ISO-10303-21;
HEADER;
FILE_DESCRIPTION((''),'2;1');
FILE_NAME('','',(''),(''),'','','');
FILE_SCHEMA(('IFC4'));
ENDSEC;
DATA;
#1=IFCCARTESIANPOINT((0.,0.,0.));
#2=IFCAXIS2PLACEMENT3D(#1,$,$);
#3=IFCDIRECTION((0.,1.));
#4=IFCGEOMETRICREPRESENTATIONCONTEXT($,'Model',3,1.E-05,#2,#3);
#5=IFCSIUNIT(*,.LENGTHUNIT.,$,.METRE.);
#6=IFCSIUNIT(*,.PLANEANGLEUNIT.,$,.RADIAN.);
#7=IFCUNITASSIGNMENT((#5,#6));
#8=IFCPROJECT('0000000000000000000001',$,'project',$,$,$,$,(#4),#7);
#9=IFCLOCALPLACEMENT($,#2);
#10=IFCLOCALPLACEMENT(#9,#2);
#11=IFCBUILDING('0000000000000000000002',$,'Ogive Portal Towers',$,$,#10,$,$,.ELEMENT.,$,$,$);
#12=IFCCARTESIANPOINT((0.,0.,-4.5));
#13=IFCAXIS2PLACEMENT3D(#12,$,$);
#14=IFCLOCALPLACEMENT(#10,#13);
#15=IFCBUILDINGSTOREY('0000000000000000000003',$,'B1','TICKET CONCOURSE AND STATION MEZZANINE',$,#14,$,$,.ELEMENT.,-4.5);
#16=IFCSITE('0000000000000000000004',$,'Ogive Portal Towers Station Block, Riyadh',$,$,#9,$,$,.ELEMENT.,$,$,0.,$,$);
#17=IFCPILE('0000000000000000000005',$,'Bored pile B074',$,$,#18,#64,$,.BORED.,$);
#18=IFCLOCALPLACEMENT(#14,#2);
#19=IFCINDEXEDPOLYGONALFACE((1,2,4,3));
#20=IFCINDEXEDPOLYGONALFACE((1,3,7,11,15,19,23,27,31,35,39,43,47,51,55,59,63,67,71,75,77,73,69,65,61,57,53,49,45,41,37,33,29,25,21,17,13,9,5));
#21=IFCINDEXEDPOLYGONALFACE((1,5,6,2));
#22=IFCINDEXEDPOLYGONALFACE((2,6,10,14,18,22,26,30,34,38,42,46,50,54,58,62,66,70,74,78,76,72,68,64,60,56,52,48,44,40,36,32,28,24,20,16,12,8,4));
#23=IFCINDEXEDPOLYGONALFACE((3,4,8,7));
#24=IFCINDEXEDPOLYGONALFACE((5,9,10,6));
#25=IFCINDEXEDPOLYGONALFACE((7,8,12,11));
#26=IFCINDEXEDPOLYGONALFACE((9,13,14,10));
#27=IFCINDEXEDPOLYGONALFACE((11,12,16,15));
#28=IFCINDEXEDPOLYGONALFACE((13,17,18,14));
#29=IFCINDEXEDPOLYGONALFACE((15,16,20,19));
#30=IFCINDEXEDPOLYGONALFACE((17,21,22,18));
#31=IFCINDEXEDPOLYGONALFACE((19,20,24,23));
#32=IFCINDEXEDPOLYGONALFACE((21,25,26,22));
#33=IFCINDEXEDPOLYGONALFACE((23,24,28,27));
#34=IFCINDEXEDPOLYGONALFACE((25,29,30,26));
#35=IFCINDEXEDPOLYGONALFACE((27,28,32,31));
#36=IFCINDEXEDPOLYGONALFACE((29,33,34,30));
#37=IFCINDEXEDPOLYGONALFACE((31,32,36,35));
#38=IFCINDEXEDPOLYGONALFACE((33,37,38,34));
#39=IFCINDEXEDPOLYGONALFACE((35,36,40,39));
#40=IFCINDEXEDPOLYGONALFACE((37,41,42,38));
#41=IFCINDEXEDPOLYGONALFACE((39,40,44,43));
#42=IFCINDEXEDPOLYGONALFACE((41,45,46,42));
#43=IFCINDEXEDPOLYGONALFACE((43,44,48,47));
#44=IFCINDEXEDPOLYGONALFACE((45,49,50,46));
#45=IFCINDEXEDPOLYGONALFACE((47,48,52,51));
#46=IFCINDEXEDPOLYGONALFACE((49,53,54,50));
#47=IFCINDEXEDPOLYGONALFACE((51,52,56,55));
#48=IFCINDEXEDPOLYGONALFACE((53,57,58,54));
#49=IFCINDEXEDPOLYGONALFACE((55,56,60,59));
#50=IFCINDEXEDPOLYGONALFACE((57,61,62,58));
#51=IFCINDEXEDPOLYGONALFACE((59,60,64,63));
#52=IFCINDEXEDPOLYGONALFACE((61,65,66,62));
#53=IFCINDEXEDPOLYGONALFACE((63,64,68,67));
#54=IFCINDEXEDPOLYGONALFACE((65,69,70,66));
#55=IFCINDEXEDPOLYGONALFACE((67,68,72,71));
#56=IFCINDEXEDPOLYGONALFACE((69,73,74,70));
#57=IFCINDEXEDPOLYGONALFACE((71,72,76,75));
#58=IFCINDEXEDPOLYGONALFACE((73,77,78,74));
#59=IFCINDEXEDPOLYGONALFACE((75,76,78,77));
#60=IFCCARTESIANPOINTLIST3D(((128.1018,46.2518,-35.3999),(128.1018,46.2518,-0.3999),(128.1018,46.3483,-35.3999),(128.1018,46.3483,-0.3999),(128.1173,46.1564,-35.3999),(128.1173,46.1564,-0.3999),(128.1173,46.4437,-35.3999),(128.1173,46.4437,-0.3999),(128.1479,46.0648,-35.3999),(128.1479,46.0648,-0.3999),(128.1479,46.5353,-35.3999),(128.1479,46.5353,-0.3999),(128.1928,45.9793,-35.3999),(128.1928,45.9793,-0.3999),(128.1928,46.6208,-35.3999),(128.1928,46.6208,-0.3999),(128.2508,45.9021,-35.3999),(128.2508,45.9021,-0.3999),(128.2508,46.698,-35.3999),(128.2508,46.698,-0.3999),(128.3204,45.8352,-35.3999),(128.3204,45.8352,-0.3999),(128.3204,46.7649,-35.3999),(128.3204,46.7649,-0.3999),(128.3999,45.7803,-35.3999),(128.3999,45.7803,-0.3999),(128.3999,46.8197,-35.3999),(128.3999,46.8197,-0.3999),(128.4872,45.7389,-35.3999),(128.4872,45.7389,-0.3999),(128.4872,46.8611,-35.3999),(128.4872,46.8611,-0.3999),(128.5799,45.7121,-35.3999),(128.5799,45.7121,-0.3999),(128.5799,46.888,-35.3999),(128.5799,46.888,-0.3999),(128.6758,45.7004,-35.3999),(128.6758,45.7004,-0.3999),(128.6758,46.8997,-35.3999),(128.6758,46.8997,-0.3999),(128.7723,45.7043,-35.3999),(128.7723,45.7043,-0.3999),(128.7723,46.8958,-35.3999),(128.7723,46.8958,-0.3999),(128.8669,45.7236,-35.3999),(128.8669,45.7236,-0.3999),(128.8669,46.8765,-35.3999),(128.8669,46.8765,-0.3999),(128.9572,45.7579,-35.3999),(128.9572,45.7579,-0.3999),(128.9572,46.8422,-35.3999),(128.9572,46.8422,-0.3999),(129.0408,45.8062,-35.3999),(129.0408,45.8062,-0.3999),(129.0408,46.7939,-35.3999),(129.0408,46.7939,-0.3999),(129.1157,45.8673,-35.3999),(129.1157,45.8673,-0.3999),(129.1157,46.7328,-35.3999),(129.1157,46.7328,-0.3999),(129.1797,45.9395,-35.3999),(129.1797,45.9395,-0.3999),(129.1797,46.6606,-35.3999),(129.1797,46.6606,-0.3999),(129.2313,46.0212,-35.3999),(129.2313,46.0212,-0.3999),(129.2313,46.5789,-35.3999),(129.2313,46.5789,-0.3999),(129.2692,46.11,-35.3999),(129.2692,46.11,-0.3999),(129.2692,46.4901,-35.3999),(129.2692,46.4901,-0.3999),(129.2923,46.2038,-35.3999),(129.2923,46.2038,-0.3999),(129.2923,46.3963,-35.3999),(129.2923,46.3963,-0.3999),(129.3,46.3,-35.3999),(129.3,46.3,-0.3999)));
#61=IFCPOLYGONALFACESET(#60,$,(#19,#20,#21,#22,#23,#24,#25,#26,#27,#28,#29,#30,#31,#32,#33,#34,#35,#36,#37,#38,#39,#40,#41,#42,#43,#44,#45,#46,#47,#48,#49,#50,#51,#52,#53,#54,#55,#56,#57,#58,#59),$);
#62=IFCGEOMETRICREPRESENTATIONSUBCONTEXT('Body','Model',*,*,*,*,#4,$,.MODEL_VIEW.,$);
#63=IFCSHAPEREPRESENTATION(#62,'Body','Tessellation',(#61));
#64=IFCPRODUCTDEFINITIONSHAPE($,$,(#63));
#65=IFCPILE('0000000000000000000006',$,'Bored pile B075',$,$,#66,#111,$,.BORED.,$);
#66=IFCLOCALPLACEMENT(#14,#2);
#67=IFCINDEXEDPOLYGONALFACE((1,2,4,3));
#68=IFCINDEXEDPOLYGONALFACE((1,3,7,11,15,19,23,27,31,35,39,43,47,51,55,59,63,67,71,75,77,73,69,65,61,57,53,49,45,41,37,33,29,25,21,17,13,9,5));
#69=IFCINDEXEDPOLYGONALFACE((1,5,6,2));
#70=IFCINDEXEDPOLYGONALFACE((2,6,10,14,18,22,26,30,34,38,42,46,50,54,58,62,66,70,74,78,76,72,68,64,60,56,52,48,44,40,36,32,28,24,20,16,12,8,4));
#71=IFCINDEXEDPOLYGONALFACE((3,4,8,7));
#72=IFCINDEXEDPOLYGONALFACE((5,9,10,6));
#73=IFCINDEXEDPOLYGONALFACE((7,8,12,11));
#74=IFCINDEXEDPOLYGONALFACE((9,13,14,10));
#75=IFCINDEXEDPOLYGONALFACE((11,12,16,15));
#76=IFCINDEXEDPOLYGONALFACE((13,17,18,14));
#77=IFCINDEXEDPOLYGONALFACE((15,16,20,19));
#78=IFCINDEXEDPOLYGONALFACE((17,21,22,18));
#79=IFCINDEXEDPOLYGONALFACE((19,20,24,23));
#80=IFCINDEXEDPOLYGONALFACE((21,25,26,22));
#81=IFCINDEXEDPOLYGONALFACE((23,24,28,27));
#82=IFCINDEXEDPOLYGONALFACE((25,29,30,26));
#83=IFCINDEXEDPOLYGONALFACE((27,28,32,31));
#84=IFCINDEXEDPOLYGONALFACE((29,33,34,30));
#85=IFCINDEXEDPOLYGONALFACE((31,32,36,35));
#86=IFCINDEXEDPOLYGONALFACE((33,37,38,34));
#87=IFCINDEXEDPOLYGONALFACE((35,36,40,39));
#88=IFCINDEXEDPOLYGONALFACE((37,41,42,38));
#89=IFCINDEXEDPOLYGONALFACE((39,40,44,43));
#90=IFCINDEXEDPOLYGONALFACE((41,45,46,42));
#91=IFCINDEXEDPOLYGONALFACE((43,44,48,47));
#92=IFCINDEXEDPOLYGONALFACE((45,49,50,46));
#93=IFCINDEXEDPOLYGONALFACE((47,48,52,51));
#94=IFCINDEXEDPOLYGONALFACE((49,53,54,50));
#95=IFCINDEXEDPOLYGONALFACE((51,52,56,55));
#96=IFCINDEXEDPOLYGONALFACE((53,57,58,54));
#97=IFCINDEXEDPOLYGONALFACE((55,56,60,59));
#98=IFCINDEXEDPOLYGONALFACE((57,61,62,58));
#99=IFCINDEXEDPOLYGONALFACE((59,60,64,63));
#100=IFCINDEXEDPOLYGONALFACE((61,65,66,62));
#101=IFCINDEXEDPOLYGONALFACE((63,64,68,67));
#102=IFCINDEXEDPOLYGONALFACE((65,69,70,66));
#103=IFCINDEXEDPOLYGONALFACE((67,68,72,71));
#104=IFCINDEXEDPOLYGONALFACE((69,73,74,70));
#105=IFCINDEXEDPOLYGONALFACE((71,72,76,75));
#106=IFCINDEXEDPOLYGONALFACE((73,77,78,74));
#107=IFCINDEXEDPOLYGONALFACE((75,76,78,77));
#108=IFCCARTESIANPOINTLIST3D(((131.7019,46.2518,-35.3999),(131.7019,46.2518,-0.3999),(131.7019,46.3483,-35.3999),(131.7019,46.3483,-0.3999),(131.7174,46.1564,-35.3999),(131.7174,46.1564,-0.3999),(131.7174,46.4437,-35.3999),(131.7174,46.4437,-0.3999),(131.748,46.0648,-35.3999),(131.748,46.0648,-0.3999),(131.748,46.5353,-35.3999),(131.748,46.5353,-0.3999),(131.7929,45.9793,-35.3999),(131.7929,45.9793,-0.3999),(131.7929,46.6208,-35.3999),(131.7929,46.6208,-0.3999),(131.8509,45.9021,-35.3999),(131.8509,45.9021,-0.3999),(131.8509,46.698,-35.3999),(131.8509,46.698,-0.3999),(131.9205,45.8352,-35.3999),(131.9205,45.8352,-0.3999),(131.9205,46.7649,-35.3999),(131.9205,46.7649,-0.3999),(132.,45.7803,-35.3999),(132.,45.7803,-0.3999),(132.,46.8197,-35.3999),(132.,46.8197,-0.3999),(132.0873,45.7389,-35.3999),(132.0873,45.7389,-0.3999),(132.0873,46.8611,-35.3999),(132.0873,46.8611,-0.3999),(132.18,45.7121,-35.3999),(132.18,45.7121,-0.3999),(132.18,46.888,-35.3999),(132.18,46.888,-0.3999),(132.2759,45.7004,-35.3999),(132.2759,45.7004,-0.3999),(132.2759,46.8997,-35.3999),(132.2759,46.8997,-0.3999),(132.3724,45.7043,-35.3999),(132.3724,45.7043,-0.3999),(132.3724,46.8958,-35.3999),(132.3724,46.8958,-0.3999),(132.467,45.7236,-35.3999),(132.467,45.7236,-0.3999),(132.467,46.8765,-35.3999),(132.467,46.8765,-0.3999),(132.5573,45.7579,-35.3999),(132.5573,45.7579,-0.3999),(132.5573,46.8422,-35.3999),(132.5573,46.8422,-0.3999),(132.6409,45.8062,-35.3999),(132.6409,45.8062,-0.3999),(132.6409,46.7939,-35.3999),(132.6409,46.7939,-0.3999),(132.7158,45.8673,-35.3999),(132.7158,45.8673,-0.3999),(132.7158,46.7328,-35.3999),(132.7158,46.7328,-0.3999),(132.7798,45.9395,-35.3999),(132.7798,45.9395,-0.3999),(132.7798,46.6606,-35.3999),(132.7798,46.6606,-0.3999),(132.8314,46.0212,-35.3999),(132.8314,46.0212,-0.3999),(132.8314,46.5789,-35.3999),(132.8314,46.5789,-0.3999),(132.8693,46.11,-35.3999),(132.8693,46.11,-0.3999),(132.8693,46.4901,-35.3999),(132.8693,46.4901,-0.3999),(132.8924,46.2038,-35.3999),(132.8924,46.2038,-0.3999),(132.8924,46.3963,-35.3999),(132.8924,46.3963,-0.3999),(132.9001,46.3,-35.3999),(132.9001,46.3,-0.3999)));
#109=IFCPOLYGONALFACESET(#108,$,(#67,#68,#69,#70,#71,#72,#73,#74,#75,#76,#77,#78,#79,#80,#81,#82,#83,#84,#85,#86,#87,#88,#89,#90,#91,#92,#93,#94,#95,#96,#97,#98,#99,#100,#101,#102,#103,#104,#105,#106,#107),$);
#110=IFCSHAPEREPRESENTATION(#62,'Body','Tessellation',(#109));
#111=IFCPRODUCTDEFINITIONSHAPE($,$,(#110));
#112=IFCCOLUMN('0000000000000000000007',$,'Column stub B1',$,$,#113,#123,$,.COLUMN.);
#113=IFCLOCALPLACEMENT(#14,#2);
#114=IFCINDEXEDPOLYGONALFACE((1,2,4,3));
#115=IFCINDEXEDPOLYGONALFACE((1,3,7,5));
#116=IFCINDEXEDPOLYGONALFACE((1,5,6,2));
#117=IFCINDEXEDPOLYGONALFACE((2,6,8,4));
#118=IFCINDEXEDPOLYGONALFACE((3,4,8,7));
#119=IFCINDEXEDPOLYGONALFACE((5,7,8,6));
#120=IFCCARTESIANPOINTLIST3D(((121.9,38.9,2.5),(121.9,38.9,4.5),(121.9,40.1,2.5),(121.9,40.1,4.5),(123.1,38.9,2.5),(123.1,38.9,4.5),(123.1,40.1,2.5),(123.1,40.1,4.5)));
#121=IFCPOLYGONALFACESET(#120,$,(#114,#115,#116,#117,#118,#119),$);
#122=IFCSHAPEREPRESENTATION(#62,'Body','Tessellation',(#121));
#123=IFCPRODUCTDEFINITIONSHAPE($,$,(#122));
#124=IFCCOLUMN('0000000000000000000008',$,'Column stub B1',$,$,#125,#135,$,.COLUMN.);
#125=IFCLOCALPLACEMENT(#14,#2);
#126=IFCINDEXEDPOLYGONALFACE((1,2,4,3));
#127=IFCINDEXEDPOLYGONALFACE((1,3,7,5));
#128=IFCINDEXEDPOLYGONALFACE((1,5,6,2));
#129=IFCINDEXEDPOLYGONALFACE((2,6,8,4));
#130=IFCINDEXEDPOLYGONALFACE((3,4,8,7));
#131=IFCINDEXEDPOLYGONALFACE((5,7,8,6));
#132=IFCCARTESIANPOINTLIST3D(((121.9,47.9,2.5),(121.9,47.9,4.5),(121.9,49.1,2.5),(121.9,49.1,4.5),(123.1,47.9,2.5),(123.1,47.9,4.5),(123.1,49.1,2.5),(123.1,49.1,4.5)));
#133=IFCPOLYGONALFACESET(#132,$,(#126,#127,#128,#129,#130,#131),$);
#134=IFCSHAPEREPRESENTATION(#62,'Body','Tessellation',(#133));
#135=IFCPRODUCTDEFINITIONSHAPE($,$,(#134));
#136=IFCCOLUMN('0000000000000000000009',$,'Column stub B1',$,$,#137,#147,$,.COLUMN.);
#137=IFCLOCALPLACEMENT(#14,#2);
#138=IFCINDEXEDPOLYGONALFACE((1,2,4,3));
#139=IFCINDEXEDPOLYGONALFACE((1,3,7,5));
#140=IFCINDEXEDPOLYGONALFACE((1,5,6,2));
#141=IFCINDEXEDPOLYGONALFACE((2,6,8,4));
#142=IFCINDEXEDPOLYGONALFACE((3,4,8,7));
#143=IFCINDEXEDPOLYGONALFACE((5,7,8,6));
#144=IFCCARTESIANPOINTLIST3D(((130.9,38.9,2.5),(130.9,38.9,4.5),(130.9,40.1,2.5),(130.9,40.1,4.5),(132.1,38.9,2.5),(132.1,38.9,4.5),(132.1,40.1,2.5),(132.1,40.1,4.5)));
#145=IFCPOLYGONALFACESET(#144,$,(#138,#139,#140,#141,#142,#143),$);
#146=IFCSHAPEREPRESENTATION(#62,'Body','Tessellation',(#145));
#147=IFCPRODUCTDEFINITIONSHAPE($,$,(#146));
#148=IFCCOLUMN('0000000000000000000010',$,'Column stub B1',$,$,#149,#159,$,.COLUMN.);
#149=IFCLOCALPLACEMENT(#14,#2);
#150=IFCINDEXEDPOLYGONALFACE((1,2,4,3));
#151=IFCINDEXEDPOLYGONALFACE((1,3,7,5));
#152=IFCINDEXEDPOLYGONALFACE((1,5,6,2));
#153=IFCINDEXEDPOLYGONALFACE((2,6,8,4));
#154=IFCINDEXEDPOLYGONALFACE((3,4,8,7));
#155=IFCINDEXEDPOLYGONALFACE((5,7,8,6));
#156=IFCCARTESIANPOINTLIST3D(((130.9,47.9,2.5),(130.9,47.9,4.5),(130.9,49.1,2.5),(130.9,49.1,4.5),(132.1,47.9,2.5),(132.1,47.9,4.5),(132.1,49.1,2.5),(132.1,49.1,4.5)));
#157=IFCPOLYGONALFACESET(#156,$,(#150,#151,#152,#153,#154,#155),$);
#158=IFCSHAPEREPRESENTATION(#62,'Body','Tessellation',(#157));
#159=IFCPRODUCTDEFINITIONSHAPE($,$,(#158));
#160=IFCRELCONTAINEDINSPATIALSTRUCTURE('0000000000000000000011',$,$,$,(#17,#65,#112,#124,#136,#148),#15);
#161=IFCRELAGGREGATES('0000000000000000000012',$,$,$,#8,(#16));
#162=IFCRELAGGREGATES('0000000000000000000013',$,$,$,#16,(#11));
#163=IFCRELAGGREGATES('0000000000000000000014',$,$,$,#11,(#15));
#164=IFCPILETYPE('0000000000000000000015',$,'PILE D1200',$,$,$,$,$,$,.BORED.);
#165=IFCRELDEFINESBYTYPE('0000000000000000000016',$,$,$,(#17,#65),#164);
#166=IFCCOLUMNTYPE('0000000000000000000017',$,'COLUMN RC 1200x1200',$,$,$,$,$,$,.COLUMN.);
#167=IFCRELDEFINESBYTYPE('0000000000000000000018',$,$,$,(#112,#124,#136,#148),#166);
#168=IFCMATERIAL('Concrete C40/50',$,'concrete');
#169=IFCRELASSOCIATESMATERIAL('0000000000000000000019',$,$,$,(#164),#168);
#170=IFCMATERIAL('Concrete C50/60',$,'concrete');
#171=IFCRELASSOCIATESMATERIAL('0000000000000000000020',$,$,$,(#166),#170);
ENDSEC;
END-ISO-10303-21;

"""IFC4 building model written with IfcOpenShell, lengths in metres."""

from ifc_helpers import new_model, si_unit, direction, frame, origin, origin_2d, place, context, subcontext, project, spatial, rectangle, circle, extrude, material, material_profile, profile_set, type_object, element, save


model = new_model("IFC4")

# Units and contexts
model_context = context("Model", 3, precision=1e-05, world=origin(), true_north=direction((0.0, 1.0)))
body_context = subcontext(model_context, "Body", "Model", "MODEL_VIEW")
ifc_project = project(units=[si_unit("LENGTHUNIT", "METRE"), si_unit("PLANEANGLEUNIT", "RADIAN")], contexts=[model_context])

# Site, building, storey
site_placement = place(None, origin())
site = spatial("IfcSite", under=ifc_project, at=site_placement, Name="Ogive Portal Towers Station Block, Riyadh", CompositionType="ELEMENT", RefElevation=0.0)
building_placement = place(site_placement, origin())
building = spatial("IfcBuilding", under=site, at=building_placement, Name="Ogive Portal Towers", CompositionType="ELEMENT")
storey_placement = place(building_placement, frame((0.0, 0.0, -4.5)))
storey = spatial("IfcBuildingStorey", under=building, at=storey_placement, Name="B1", Description="TICKET CONCOURSE AND STATION MEZZANINE", CompositionType="ELEMENT", Elevation=-4.5)

# Piles
ifc_material_1 = material(Name="Concrete C40/50", Category="concrete")
ifc_material_profile_1 = material_profile(ifc_material_1, circle(Radius=0.6001, at=origin_2d()), Name="PILE D1200")
ifc_profile_set_1 = profile_set([ifc_material_profile_1], Name="Concrete C40/50")
pile_type = type_object("IfcPileType", Name="PILE D1200", PredefinedType="BORED", material=ifc_profile_set_1)
for number, where, z_axis, x_axis, name in (
    (1, (128.7, 46.3, -0.3999), (0.0, 0.0, -1.0), (1.0, 0.0, 0.0), "Bored pile B074"),
    (2, (132.3, 46.3, -0.3999), (0.0, 0.0, -1.0), (1.0, 0.0, 0.0), "Bored pile B075"),
):
    element("IfcPile", number, at=place(storey_placement, frame(where, z_axis=z_axis, x_axis=x_axis)), inside=storey, type_object=pile_type, Name=name, PredefinedType="BORED", context=body_context, shape_type="SweptSolid", body=[
        extrude(circle(Radius=0.6001, at=origin_2d()), origin(), (0.0, 0.0, 1.0), 35.0),
    ])

# Columns
ifc_material_2 = material(Name="Concrete C50/60", Category="concrete")
ifc_material_profile_2 = material_profile(ifc_material_2, rectangle(XDim=1.2, YDim=1.2, at=origin_2d()), Name="RC 1200x1200")
ifc_profile_set_2 = profile_set([ifc_material_profile_2], Name="Concrete C50/60")
column_type = type_object("IfcColumnType", Name="COLUMN RC 1200x1200", PredefinedType="COLUMN", material=ifc_profile_set_2)
for number, where, z_axis, x_axis, name in (
    (3, (122.5, 39.5, 2.5), (0.0, 0.0, 1.0), (1.0, 0.0, 0.0), "Column stub B1"),
    (4, (122.5, 48.5, 2.5), (0.0, 0.0, 1.0), (1.0, 0.0, 0.0), "Column stub B1"),
    (5, (131.5, 39.5, 2.5), (0.0, 0.0, 1.0), (1.0, 0.0, 0.0), "Column stub B1"),
    (6, (131.5, 48.5, 2.5), (0.0, 0.0, 1.0), (1.0, 0.0, 0.0), "Column stub B1"),
):
    element("IfcColumn", number, at=place(storey_placement, frame(where, z_axis=z_axis, x_axis=x_axis)), inside=storey, type_object=column_type, Name=name, PredefinedType="COLUMN", context=body_context, shape_type="SweptSolid", body=[
        extrude(rectangle(XDim=1.2, YDim=1.2, at=origin_2d()), origin(), (0.0, 0.0, 1.0), 2.0),
    ])

save(model, "model.ifc")
